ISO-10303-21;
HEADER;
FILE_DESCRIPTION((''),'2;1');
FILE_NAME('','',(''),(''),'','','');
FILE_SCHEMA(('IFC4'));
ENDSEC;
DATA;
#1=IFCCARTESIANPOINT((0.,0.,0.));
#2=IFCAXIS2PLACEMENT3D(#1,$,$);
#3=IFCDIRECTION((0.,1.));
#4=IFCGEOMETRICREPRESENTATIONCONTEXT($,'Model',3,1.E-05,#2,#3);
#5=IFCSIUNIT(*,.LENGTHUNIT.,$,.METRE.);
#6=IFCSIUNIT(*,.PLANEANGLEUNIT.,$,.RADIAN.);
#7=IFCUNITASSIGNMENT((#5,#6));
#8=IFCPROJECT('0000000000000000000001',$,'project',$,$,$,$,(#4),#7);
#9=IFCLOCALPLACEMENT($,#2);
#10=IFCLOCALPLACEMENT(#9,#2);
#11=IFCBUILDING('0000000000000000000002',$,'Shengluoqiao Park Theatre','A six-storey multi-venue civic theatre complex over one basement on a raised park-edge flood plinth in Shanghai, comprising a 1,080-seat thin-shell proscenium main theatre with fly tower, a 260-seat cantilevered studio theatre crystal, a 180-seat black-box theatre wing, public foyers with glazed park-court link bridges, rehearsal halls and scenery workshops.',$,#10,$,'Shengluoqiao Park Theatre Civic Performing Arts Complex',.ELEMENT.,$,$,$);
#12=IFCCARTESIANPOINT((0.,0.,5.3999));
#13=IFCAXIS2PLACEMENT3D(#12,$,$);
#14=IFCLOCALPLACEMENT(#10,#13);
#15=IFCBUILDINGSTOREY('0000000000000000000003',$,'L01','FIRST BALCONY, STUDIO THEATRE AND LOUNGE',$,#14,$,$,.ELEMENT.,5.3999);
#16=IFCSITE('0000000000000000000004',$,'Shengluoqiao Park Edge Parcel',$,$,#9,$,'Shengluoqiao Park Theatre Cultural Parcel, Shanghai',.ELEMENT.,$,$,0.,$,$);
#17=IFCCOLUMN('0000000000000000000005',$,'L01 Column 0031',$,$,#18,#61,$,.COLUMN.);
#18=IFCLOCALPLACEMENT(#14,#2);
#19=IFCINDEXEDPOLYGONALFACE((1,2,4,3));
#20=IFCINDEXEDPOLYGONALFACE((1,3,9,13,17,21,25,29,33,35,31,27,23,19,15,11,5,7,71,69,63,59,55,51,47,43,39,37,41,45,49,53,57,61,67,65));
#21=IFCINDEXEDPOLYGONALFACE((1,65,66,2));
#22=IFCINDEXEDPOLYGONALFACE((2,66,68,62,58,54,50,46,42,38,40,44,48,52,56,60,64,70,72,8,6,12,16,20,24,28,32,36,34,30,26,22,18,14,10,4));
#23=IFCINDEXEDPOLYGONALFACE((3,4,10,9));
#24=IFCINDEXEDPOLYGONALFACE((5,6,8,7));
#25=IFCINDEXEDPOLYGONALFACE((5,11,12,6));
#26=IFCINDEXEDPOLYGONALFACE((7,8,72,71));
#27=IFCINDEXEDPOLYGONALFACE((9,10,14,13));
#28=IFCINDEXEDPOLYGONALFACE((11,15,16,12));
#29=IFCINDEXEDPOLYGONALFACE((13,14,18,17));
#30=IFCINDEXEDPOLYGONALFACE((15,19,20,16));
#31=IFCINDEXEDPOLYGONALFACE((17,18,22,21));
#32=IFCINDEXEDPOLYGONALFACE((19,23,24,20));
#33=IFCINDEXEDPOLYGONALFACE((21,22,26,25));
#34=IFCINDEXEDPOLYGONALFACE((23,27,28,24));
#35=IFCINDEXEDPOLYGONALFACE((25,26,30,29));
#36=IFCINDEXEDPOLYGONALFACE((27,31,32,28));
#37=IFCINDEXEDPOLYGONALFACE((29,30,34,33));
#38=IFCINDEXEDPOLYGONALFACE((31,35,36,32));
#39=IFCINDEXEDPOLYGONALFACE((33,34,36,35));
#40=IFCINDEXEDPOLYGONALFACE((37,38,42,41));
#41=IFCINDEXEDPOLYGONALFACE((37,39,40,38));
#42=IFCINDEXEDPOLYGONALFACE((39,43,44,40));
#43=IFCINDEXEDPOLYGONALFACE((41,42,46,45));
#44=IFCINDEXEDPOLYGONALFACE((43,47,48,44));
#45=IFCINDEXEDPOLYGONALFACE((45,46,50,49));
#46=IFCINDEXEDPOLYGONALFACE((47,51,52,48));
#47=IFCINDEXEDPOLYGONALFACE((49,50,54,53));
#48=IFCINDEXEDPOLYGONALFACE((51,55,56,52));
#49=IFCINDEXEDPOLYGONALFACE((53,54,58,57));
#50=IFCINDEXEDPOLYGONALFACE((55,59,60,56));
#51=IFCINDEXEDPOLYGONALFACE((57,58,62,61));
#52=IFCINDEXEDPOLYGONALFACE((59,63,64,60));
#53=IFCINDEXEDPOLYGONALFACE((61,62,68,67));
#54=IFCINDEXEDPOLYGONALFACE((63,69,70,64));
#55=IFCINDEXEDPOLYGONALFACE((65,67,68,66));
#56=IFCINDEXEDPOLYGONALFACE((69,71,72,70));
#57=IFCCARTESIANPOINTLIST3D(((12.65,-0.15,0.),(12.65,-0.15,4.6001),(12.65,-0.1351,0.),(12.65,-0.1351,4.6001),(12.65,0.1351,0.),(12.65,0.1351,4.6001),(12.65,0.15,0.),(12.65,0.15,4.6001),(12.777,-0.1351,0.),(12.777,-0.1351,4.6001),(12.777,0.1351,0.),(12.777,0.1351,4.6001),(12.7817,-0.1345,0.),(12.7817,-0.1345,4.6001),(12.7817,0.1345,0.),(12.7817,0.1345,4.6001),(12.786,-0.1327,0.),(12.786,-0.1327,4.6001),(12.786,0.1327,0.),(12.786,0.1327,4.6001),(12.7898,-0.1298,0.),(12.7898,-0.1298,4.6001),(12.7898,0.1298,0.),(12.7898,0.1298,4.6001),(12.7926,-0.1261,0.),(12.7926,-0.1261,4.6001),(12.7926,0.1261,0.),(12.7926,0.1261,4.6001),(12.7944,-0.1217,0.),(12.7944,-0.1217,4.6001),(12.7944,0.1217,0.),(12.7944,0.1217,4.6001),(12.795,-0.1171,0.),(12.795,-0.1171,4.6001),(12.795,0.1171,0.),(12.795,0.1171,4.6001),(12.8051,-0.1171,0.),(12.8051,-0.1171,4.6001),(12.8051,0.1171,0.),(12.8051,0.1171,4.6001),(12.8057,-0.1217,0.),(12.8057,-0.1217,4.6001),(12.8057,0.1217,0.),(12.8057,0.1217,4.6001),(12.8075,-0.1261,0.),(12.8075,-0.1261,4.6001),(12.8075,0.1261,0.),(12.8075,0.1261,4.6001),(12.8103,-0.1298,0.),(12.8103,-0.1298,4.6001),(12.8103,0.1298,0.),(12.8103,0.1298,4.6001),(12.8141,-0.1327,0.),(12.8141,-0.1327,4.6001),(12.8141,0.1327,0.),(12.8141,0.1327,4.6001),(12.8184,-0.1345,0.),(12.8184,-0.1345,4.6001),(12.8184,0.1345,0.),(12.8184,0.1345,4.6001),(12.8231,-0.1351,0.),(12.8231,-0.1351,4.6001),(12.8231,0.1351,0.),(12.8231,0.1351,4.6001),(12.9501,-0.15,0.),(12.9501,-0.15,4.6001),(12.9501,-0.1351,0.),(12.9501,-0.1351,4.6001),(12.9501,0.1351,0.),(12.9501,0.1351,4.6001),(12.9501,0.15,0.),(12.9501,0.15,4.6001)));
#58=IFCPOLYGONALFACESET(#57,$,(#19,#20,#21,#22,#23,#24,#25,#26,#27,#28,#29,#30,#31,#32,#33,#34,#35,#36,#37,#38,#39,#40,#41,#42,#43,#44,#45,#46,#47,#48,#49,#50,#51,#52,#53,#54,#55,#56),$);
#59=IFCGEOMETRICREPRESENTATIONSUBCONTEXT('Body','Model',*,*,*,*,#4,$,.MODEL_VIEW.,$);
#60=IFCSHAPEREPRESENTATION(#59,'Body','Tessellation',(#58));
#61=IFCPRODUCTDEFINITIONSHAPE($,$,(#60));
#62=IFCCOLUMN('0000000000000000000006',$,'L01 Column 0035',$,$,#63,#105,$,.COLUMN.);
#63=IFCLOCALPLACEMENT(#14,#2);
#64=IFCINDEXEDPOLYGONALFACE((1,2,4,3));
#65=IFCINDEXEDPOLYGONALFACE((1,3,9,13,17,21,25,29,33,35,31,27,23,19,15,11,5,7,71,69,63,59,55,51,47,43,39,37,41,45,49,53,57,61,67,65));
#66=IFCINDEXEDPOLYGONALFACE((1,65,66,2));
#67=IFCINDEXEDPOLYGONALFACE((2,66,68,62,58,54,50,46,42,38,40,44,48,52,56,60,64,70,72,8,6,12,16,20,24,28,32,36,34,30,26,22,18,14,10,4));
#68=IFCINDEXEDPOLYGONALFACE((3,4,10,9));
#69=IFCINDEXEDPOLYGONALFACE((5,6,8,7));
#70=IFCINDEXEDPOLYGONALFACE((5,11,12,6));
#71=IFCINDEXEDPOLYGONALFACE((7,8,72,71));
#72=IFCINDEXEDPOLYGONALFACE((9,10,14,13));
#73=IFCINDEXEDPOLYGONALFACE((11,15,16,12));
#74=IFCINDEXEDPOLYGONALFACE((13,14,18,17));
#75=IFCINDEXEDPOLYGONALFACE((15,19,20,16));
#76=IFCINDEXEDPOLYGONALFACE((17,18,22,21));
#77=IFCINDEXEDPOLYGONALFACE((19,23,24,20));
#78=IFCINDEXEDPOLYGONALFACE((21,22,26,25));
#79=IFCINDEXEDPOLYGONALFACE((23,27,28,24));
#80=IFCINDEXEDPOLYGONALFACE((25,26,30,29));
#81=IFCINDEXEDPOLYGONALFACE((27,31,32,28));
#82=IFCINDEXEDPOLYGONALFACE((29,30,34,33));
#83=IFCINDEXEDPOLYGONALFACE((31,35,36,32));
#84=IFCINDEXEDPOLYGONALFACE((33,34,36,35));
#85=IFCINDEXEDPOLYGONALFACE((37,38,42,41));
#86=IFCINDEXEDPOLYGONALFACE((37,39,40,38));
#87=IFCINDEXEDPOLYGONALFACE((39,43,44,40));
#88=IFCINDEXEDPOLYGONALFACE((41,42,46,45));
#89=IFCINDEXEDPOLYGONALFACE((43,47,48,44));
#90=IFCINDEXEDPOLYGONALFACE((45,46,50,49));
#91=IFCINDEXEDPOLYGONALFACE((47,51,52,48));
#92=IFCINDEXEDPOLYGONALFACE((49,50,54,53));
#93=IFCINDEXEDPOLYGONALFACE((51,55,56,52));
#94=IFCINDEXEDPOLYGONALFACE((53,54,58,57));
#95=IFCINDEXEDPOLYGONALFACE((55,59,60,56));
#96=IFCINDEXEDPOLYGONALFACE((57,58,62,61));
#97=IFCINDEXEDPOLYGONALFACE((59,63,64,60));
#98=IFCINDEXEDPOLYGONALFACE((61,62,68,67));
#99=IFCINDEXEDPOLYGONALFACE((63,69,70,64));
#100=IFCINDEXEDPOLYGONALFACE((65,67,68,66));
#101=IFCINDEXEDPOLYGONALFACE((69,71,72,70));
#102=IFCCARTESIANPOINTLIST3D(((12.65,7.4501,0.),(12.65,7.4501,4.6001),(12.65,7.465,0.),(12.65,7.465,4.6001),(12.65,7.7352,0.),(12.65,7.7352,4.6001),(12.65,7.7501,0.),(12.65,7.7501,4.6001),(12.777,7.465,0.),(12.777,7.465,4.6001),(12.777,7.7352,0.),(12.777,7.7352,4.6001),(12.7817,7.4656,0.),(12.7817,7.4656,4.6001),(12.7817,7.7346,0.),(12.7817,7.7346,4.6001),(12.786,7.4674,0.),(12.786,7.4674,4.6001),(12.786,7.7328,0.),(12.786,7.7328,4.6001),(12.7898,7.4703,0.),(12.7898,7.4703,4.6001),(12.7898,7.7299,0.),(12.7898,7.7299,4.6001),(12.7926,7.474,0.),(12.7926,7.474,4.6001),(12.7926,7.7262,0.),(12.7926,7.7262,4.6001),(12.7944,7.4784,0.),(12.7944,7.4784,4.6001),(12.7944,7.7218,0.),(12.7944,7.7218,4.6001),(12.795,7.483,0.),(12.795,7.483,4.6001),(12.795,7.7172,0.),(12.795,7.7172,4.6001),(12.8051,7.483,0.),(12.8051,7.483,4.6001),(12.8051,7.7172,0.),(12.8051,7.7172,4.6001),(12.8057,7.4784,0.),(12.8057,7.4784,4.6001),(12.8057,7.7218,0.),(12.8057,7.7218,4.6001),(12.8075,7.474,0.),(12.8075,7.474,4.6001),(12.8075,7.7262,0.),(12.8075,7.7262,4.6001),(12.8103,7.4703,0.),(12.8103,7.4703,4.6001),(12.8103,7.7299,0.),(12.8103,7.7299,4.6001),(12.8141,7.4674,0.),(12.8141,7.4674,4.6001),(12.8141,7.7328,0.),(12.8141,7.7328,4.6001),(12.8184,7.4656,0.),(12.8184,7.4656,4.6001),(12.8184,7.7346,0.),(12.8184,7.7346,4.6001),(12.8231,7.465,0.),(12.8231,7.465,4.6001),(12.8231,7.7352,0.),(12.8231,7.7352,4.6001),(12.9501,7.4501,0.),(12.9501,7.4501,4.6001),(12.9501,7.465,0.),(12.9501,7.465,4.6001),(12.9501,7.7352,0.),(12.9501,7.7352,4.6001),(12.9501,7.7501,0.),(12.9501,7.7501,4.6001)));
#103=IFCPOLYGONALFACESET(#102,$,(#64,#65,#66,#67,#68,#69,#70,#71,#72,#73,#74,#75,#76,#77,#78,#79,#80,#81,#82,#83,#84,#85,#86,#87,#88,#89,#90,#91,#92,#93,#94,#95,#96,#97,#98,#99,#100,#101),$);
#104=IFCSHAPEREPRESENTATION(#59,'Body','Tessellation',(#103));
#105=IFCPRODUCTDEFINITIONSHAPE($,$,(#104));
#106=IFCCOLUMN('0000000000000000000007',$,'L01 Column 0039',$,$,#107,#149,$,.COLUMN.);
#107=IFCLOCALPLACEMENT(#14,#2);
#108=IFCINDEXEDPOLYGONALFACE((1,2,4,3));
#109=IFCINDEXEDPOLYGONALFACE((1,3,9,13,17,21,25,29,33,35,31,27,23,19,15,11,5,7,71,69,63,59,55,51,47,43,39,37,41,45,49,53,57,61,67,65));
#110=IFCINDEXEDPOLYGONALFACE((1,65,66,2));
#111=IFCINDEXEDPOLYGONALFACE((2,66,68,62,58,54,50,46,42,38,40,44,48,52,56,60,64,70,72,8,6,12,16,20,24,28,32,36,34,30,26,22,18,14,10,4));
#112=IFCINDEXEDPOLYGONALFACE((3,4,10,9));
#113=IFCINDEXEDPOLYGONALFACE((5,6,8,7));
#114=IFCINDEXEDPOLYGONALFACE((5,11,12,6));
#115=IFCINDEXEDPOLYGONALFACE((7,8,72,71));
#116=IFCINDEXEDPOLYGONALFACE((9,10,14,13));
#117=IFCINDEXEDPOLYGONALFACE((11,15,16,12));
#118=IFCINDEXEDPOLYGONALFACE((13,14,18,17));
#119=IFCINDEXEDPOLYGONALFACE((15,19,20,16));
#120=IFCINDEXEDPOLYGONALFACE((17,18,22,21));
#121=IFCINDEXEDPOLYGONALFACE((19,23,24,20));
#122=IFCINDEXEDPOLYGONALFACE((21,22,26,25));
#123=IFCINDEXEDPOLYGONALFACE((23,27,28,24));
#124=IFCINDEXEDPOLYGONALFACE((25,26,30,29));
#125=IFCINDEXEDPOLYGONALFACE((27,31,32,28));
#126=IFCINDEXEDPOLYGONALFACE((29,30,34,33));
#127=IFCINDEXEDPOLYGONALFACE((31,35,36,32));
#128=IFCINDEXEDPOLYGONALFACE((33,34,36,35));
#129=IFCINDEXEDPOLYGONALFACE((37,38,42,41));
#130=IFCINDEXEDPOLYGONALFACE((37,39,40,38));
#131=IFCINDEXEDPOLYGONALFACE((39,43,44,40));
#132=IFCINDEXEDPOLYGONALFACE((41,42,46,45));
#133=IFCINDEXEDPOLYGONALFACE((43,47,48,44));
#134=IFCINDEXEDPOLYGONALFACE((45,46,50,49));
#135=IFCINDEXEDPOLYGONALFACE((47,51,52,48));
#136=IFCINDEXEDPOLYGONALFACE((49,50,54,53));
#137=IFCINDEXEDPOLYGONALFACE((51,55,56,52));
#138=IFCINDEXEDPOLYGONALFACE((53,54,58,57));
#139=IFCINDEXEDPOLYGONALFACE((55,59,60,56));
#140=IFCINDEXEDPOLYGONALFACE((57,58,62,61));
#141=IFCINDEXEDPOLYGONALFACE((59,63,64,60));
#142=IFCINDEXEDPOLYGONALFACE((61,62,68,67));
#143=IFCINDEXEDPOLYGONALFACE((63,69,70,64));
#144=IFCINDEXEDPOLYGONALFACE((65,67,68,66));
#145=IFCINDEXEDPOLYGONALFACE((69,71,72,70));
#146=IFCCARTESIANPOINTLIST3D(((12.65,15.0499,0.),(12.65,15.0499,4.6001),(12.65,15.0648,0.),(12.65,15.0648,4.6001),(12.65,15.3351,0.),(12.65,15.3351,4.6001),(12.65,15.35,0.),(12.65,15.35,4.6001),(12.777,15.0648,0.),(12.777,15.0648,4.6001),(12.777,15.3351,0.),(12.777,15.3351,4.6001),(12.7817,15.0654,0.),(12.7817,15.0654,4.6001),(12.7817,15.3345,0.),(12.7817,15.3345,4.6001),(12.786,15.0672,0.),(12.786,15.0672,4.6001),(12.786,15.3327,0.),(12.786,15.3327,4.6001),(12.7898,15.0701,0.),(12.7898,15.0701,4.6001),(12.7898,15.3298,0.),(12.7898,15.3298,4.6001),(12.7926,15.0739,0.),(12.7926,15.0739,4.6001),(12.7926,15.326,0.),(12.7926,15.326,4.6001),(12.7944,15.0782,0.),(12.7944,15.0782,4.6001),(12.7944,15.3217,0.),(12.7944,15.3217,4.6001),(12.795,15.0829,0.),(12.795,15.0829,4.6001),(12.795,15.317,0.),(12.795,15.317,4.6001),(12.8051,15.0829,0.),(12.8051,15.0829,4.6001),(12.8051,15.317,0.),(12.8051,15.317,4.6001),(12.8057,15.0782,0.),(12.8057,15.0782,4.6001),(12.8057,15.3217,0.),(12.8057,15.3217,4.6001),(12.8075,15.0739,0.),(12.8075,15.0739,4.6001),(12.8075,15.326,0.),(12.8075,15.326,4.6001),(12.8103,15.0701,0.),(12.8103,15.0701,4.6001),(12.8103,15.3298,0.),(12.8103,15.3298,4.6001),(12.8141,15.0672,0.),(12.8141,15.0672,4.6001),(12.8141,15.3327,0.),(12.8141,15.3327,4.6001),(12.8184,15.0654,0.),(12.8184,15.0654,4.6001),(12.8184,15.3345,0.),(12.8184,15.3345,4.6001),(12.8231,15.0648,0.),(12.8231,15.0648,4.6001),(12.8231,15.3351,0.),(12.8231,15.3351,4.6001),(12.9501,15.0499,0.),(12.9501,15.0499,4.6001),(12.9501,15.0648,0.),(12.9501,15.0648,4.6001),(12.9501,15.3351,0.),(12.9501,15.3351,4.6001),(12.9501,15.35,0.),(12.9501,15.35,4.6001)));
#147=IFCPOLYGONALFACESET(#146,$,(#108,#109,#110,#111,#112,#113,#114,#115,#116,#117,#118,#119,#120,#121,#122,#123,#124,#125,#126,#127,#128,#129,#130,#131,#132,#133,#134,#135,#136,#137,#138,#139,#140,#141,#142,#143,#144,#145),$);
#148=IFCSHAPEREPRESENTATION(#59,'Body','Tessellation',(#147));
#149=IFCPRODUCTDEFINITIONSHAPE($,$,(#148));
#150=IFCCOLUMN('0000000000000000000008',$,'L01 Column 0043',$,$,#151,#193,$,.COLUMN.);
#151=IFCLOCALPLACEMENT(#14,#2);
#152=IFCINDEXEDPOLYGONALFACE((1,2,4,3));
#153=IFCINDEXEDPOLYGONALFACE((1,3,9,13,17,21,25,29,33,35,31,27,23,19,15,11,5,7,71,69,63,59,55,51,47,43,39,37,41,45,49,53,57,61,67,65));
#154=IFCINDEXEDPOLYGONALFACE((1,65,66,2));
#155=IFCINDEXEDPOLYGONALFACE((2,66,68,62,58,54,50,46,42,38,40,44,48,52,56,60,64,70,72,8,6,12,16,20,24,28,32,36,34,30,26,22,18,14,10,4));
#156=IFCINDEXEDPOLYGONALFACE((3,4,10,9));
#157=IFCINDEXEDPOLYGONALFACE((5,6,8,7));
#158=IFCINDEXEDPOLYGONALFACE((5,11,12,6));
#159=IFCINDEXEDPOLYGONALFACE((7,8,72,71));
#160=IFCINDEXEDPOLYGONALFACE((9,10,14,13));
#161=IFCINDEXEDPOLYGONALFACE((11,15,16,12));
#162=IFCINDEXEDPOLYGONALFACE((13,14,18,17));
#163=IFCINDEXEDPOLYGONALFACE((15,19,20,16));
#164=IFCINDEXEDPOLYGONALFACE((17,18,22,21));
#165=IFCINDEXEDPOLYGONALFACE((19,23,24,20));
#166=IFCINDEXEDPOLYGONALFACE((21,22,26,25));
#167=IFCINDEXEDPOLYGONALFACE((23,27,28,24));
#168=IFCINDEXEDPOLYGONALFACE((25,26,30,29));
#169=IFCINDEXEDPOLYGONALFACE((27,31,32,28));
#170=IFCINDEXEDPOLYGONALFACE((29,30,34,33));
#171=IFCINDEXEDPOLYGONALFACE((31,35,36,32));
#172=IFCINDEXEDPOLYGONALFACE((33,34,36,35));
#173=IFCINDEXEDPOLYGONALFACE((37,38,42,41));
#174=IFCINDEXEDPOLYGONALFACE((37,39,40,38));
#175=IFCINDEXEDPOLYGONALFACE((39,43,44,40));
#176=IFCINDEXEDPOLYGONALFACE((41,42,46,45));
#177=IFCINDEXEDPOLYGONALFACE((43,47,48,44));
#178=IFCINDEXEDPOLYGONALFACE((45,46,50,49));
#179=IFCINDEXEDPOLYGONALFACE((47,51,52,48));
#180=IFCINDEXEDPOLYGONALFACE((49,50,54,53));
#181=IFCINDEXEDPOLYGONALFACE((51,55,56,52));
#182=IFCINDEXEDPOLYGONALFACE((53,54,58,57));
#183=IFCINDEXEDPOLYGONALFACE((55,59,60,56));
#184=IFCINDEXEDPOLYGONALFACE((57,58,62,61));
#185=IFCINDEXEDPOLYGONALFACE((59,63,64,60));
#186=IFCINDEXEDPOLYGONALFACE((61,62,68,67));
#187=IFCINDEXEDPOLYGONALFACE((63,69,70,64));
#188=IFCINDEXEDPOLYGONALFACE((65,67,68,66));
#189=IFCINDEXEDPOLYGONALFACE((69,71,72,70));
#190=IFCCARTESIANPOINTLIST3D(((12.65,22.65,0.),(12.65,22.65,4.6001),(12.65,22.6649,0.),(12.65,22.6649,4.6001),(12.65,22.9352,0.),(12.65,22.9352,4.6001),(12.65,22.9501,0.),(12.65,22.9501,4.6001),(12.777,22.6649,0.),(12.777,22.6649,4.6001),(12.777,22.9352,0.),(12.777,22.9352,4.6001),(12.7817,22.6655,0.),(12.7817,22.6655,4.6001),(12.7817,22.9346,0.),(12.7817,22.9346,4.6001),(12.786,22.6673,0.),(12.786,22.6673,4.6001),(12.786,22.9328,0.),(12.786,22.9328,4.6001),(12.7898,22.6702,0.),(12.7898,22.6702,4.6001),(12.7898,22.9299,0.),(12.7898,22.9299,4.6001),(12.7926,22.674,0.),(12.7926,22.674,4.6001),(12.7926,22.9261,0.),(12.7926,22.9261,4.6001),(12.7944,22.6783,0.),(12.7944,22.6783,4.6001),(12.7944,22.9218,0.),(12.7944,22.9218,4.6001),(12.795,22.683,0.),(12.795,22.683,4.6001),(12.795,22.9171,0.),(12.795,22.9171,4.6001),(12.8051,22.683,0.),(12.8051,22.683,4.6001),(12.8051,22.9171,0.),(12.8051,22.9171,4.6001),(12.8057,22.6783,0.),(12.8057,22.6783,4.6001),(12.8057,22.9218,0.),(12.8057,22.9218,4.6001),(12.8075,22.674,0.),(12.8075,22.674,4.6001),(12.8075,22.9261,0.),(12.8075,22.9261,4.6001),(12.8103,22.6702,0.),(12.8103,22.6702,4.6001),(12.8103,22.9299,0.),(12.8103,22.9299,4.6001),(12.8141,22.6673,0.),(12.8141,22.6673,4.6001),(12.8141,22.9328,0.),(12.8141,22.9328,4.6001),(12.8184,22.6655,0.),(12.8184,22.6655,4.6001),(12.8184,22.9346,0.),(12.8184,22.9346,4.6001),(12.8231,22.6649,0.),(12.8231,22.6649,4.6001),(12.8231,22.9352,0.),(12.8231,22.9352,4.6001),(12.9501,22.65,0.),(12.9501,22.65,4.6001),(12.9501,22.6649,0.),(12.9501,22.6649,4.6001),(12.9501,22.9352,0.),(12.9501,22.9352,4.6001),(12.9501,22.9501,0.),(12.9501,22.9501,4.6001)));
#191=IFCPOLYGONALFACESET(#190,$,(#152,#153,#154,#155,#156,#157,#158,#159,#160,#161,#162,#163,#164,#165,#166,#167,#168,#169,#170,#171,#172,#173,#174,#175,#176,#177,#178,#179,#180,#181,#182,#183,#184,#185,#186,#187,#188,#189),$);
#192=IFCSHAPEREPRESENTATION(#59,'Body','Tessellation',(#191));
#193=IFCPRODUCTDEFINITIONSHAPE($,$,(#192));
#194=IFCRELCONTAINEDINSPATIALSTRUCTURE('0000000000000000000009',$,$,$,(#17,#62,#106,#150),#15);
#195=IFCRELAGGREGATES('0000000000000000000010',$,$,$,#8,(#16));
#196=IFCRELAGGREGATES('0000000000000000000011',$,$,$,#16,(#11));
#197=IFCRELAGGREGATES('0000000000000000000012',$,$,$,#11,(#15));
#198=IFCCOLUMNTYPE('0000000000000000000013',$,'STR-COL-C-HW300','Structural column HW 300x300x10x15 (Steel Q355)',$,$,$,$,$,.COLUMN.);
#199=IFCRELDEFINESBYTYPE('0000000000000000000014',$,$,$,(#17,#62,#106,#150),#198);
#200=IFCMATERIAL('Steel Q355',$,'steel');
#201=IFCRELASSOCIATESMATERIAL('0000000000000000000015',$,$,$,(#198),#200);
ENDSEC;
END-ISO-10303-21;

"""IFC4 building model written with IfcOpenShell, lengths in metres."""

from ifc_helpers import new_model, si_unit, direction, frame, origin, origin_2d, place, context, subcontext, project, spatial, i_section, extrude, material, material_profile, profile_set, type_object, element, save


model = new_model("IFC4")

# Units and contexts
model_context = context("Model", 3, precision=1e-05, world=origin(), true_north=direction((0.0, 1.0)))
body_context = subcontext(model_context, "Body", "Model", "MODEL_VIEW")
ifc_project = project(units=[si_unit("LENGTHUNIT", "METRE"), si_unit("PLANEANGLEUNIT", "RADIAN")], contexts=[model_context])

# Site, building, storey
site_placement = place(None, origin())
site = spatial("IfcSite", under=ifc_project, at=site_placement, Name="Shengluoqiao Park Edge Parcel", LongName="Shengluoqiao Park Theatre Cultural Parcel, Shanghai", CompositionType="ELEMENT", RefElevation=0.0)
building_placement = place(site_placement, origin())
building = spatial("IfcBuilding", under=site, at=building_placement, Name="Shengluoqiao Park Theatre", Description="A six-storey multi-venue civic theatre complex over one basement on a raised park-edge flood plinth in Shanghai, comprising a 1,080-seat thin-shell proscenium main theatre with fly tower, a 260-seat cantilevered studio theatre crystal, a 180-seat black-box theatre wing, public foyers with glazed park-court link bridges, rehearsal halls and scenery workshops.", LongName="Shengluoqiao Park Theatre Civic Performing Arts Complex", CompositionType="ELEMENT")
storey_placement = place(building_placement, frame((0.0, 0.0, 5.3999)))
storey = spatial("IfcBuildingStorey", under=building, at=storey_placement, Name="L01", Description="FIRST BALCONY, STUDIO THEATRE AND LOUNGE", CompositionType="ELEMENT", Elevation=5.3999)

# Columns
ifc_material_1 = material(Name="Steel Q355", Category="steel")
ifc_material_profile_1 = material_profile(ifc_material_1, i_section(OverallWidth=0.3, OverallDepth=0.3, WebThickness=0.01, FlangeThickness=0.0149, FilletRadius=0.0181, at=origin_2d()), Name="HW 300x300x10x15")
ifc_profile_set_1 = profile_set([ifc_material_profile_1], Name="Steel Q355")
column_type = type_object("IfcColumnType", Name="STR-COL-C-HW300", Description="Structural column HW 300x300x10x15 (Steel Q355)", PredefinedType="COLUMN", material=ifc_profile_set_1)
for number, where, z_axis, x_axis, name in (
    (1, (12.8, 0.0, 0.0), (0.0, 0.0, 1.0), (1.0, 0.0, 0.0), "L01 Column 0031"),
    (2, (12.8, 7.6001, 0.0), (0.0, 0.0, 1.0), (1.0, 0.0, 0.0), "L01 Column 0035"),
    (3, (12.8, 15.2, 0.0), (0.0, 0.0, 1.0), (1.0, 0.0, 0.0), "L01 Column 0039"),
    (4, (12.8, 22.8, 0.0), (0.0, 0.0, 1.0), (1.0, 0.0, 0.0), "L01 Column 0043"),
):
    element("IfcColumn", number, at=place(storey_placement, frame(where, z_axis=z_axis, x_axis=x_axis)), inside=storey, type_object=column_type, Name=name, PredefinedType="COLUMN", context=body_context, shape_type="SweptSolid", body=[
        extrude(i_section(OverallWidth=0.3, OverallDepth=0.3, WebThickness=0.01, FlangeThickness=0.0149, FilletRadius=0.0181, at=origin_2d()), origin(), (0.0, 0.0, 1.0), 4.6001),
    ])

save(model, "model.ifc")
